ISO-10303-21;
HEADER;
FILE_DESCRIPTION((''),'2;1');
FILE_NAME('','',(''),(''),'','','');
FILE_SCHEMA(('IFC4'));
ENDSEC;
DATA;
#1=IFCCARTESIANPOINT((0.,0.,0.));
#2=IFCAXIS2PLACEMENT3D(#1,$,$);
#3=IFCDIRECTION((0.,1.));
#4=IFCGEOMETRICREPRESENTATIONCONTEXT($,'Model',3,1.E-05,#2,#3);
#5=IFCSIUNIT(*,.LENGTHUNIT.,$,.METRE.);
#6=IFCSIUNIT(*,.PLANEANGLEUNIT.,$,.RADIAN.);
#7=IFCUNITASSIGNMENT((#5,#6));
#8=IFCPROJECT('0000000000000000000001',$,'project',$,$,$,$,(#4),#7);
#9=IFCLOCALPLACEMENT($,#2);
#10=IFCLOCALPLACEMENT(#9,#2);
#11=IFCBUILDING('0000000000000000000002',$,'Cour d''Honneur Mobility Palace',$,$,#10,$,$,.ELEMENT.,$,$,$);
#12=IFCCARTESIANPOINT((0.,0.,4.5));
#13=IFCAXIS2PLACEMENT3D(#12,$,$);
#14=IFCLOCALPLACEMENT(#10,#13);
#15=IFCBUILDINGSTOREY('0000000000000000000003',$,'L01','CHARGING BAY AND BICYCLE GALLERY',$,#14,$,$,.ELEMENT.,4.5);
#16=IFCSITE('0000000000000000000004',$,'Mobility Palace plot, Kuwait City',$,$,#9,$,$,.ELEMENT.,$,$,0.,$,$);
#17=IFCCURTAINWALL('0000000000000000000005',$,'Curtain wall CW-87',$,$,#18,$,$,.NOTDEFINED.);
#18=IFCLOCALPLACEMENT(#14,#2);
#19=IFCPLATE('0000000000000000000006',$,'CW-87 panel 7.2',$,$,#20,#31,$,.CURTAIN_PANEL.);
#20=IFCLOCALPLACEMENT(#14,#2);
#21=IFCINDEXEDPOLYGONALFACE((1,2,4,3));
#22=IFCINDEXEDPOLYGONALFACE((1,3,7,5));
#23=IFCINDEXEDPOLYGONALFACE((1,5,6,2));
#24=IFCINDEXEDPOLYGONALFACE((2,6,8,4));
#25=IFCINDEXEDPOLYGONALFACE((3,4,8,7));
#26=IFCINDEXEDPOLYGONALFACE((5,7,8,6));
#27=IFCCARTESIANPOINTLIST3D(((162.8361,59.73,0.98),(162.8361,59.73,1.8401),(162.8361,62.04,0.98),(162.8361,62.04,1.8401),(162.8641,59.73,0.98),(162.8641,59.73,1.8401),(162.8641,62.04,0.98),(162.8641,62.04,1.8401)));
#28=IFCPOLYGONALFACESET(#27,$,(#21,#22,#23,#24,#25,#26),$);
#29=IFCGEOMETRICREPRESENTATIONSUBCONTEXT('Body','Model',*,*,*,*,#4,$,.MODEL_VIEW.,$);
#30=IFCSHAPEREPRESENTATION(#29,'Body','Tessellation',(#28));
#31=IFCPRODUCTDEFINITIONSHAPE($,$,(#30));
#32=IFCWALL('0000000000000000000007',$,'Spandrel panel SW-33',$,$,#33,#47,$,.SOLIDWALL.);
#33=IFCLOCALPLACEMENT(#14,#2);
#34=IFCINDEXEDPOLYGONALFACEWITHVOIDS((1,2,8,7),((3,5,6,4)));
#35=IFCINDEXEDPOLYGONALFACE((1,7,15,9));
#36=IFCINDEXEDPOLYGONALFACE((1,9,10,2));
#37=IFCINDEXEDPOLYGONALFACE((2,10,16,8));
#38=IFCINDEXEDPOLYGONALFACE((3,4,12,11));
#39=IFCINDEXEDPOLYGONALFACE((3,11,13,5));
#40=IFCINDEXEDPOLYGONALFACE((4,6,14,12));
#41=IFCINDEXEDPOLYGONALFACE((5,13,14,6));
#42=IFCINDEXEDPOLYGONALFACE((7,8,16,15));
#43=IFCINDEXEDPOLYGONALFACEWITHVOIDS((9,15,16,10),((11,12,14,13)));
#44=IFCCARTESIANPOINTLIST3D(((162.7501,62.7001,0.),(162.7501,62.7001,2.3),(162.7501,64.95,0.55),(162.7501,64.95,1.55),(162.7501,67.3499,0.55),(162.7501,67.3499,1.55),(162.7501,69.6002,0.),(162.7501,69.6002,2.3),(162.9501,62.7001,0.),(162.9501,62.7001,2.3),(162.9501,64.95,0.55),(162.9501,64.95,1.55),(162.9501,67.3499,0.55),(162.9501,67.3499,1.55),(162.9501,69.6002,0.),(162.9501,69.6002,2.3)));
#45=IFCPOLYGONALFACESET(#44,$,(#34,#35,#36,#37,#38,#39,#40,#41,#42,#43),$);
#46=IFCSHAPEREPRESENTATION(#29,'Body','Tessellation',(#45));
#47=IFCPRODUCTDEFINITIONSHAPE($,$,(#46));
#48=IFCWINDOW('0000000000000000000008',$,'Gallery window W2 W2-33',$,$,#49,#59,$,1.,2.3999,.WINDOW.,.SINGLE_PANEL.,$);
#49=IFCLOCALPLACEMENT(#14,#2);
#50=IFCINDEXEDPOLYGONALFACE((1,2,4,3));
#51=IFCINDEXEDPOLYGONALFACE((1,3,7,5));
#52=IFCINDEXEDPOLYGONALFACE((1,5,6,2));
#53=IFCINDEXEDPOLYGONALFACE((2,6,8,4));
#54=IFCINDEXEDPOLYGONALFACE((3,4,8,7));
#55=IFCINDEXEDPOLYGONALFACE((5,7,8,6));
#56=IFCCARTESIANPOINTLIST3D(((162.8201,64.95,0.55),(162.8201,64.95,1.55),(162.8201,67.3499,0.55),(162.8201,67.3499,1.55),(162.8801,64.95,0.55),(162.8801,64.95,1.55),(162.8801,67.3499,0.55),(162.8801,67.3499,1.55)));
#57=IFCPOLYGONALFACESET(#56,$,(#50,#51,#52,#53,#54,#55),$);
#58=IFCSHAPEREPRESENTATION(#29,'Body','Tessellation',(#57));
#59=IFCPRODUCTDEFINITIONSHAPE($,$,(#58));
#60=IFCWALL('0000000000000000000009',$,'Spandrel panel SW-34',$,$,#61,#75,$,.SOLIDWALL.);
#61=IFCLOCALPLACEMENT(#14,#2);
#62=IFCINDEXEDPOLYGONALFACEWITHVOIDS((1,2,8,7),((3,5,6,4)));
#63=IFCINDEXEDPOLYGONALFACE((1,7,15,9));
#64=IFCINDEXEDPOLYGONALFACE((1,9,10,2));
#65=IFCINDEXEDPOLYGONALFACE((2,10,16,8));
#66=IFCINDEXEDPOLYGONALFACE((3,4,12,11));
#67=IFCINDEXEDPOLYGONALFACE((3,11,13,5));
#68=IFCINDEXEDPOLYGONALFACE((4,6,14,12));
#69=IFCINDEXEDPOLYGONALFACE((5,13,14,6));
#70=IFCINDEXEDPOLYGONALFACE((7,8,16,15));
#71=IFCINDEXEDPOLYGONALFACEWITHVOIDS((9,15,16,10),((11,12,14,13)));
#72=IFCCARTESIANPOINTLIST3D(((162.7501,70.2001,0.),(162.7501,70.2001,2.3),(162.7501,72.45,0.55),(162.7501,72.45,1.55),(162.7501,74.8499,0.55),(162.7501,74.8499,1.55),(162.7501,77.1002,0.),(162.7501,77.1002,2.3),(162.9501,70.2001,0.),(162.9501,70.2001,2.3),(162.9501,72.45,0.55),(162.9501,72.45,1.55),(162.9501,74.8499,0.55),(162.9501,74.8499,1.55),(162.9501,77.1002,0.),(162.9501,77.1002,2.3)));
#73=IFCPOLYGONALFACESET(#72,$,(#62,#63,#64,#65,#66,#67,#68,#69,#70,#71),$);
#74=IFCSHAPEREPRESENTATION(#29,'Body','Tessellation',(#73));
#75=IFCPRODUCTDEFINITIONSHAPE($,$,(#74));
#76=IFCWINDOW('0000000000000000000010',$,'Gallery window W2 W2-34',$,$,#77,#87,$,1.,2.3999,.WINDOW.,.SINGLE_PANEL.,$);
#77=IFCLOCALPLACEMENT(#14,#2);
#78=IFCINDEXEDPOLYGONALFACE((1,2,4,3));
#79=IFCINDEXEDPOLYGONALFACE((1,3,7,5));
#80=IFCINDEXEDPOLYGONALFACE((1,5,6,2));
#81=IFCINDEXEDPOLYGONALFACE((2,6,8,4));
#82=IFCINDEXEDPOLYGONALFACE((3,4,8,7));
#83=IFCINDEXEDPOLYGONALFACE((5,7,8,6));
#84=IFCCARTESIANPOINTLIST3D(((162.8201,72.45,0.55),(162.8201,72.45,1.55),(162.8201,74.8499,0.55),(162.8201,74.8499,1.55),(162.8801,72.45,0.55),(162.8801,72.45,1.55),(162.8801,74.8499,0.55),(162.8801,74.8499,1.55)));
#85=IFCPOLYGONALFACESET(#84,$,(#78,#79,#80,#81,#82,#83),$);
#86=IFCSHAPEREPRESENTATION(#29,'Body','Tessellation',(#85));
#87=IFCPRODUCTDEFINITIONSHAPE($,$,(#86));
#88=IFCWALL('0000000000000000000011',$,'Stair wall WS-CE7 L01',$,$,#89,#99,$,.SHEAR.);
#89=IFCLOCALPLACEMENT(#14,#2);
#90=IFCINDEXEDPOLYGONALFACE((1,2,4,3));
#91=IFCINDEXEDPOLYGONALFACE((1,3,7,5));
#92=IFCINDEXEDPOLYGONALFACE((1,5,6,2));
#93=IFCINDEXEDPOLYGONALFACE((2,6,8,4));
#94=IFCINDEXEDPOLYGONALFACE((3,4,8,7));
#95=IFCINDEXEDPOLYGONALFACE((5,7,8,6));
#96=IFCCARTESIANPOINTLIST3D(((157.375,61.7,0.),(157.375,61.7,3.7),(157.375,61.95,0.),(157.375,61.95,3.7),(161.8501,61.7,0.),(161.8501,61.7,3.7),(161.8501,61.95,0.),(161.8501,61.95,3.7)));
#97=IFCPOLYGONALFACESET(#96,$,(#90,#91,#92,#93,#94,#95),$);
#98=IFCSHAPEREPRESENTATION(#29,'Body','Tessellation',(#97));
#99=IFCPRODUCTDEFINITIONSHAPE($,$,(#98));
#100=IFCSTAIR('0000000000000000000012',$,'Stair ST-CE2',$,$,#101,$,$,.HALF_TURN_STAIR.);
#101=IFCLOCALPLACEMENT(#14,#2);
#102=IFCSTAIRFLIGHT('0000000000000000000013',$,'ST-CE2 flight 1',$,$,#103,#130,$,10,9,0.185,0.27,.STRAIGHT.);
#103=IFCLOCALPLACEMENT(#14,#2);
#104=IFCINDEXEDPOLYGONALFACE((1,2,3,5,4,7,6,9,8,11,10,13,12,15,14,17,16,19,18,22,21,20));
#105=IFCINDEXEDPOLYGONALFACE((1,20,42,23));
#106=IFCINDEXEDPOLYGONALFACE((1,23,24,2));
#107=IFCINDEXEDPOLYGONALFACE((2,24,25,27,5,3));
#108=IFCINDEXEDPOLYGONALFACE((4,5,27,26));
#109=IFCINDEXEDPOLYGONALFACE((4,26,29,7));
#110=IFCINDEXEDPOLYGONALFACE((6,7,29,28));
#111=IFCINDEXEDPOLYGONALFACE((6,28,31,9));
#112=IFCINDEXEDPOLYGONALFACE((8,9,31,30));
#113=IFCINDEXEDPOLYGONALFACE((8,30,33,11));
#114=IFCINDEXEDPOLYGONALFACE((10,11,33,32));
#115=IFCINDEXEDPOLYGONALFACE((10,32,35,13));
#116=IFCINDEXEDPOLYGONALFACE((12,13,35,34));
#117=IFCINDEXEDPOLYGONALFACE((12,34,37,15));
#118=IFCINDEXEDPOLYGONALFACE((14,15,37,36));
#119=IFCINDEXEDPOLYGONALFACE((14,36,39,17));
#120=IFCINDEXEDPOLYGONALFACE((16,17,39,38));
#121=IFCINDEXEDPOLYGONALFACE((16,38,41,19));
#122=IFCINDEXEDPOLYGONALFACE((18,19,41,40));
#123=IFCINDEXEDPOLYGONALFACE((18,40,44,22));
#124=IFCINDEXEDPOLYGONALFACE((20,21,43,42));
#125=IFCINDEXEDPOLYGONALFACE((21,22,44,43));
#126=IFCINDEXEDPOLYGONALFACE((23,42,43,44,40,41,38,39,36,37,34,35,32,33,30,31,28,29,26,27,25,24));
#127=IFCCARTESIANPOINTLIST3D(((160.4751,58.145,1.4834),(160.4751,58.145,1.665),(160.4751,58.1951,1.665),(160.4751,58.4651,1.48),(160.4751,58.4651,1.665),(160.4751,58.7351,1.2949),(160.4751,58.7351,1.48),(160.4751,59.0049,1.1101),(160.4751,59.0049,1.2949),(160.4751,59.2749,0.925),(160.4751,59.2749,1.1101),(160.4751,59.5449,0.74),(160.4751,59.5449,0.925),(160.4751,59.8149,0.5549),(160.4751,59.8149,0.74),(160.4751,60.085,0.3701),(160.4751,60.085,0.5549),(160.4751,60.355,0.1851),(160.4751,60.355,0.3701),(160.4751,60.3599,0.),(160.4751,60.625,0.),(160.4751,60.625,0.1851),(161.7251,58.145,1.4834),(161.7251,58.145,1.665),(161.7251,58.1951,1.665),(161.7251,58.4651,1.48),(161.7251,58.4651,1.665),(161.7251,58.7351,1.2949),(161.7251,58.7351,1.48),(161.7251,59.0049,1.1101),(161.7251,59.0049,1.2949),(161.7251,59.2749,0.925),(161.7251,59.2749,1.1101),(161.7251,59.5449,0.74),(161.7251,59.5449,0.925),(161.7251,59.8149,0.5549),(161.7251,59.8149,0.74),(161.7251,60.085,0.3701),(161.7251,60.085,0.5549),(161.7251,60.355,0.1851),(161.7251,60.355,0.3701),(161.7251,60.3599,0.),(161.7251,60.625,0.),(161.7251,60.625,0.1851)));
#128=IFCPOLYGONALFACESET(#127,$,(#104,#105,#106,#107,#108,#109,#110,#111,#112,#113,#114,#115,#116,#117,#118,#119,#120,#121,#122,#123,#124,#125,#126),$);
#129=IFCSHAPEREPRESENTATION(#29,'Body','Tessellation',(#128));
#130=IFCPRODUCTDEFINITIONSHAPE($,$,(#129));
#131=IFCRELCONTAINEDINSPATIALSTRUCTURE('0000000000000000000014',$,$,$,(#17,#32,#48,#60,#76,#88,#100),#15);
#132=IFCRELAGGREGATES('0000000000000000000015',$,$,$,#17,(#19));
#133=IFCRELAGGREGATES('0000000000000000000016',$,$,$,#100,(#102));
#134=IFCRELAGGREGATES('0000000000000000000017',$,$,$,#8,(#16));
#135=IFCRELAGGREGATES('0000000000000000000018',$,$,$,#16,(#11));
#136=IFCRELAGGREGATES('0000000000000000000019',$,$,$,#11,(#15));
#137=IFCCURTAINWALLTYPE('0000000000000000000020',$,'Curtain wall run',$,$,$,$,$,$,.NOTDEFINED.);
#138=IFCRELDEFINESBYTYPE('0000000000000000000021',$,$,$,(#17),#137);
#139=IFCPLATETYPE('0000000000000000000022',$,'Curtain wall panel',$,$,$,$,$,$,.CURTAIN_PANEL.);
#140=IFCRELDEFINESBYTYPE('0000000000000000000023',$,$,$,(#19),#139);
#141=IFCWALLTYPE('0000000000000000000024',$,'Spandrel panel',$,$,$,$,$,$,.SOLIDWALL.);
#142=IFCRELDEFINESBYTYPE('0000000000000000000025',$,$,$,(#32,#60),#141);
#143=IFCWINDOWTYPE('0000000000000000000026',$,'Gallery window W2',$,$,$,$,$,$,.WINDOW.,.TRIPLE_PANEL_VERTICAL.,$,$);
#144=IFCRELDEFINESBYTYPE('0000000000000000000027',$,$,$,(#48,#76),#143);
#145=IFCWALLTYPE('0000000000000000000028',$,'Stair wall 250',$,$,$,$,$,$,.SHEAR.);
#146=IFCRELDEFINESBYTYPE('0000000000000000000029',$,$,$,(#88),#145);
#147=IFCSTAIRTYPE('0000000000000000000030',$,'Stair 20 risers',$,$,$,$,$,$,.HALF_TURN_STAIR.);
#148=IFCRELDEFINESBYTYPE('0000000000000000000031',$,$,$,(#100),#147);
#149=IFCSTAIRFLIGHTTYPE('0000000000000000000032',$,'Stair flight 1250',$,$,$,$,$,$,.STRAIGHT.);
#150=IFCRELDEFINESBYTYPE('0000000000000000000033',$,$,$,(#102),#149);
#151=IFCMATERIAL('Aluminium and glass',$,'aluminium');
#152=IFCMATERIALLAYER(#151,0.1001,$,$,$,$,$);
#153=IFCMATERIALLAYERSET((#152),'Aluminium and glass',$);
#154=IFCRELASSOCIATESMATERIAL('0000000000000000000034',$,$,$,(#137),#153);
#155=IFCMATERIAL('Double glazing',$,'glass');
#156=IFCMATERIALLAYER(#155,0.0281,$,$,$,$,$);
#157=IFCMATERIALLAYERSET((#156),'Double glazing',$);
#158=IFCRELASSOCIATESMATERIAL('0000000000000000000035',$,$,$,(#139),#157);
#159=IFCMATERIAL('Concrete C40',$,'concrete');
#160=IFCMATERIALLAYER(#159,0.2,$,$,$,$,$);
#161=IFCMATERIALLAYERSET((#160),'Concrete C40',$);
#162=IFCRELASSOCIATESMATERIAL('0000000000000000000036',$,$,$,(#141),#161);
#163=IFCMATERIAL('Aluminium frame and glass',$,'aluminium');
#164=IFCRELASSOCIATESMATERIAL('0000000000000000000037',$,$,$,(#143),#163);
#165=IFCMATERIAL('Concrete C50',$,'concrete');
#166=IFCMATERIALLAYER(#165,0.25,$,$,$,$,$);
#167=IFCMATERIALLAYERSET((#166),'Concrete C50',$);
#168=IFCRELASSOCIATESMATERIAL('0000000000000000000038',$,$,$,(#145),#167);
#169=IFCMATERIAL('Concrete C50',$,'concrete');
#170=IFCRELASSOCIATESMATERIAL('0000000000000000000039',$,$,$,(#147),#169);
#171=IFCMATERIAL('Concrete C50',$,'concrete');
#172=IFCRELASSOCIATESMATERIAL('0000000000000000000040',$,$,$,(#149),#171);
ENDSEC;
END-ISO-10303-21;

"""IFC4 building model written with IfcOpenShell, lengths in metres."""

from ifc_helpers import new_model, si_unit, direction, frame, frame_2d, origin, origin_2d, place, context, subcontext, project, spatial, polyline, rectangle, outline, extrude, material, layer, layer_set, type_object, element, fill, aggregate, save


model = new_model("IFC4")

# Units and contexts
model_context = context("Model", 3, precision=1e-05, world=origin(), true_north=direction((0.0, 1.0)))
body_context = subcontext(model_context, "Body", "Model", "MODEL_VIEW")
ifc_project = project(units=[si_unit("LENGTHUNIT", "METRE"), si_unit("PLANEANGLEUNIT", "RADIAN")], contexts=[model_context])

# Site, building, storey
site_placement = place(None, origin())
site = spatial("IfcSite", under=ifc_project, at=site_placement, Name="Mobility Palace plot, Kuwait City", CompositionType="ELEMENT", RefElevation=0.0)
building_placement = place(site_placement, origin())
building = spatial("IfcBuilding", under=site, at=building_placement, Name="Cour d'Honneur Mobility Palace", CompositionType="ELEMENT")
storey_placement = place(building_placement, frame((0.0, 0.0, 4.5)))
storey = spatial("IfcBuildingStorey", under=building, at=storey_placement, Name="L01", Description="CHARGING BAY AND BICYCLE GALLERY", CompositionType="ELEMENT", Elevation=4.5)

# Curtain wall
ifc_material_1 = material(Name="Aluminium and glass", Category="aluminium")
ifc_layer_1 = layer(ifc_material_1, 0.1001)
ifc_layer_set_1 = layer_set([ifc_layer_1], Name="Aluminium and glass")
curtain_wall_type = type_object("IfcCurtainWallType", Name="Curtain wall run", PredefinedType="NOTDEFINED", material=ifc_layer_set_1)
curtain_wall_placement = place(storey_placement, origin())
curtain_wall = element("IfcCurtainWall", 1, at=curtain_wall_placement, inside=storey, type_object=curtain_wall_type, Name="Curtain wall CW-87", PredefinedType="NOTDEFINED")

# Plate
ifc_material_2 = material(Name="Double glazing", Category="glass")
ifc_layer_2 = layer(ifc_material_2, 0.0281)
ifc_layer_set_2 = layer_set([ifc_layer_2], Name="Double glazing")
plate_type = type_object("IfcPlateType", Name="Curtain wall panel", PredefinedType="CURTAIN_PANEL", material=ifc_layer_set_2)
plate_1_placement = place(storey_placement, frame((162.8501, 60.885, 0.98), z_axis=(0.0, 0.0, 1.0), x_axis=(0.0, 1.0, 0.0)))
plate_1 = element("IfcPlate", 2, at=plate_1_placement, type_object=plate_type, Name="CW-87 panel 7.2", PredefinedType="CURTAIN_PANEL", context=body_context, shape_type="SweptSolid", body=[
    extrude(rectangle(XDim=2.3101, YDim=0.0281, at=origin_2d()), origin(), (0.0, 0.0, 1.0), 0.8601),
])
aggregate(curtain_wall, [plate_1])

# Walls, openings, windows
ifc_material_3 = material(Name="Concrete C40", Category="concrete")
ifc_layer_3 = layer(ifc_material_3, 0.2)
ifc_layer_set_3 = layer_set([ifc_layer_3], Name="Concrete C40")
wall_type_1 = type_object("IfcWallType", Name="Spandrel panel", PredefinedType="SOLIDWALL", material=ifc_layer_set_3)
wall_1_placement = place(storey_placement, frame((162.8501, 62.7, 0.0), z_axis=(0.0, 0.0, 1.0), x_axis=(0.0, 1.0, 0.0)))
wall_1 = element("IfcWall", 3, at=wall_1_placement, inside=storey, type_object=wall_type_1, Name="Spandrel panel SW-33", PredefinedType="SOLIDWALL", context=body_context, shape_type="SweptSolid", body=[
    extrude(rectangle(XDim=6.9001, YDim=0.2, at=frame_2d((3.4502, 0.0))), origin(), (0.0, 0.0, 1.0), 2.3),
])
opening_1_placement = place(wall_1_placement, frame((2.25, 0.0, 0.55)))
opening_1 = element("IfcOpeningElement", 4, at=opening_1_placement, cuts=wall_1, PredefinedType="OPENING", context=body_context, shape_type="SweptSolid", body=[
    extrude(rectangle(XDim=2.3999, YDim=1.0, at=frame_2d((1.2, 0.5))), frame((0.0, 0.1099, 0.0), z_axis=(0.0, -1.0, 0.0), x_axis=(1.0, 0.0, 0.0)), (0.0, 0.0, 1.0), 0.22),
])
ifc_material_4 = material(Name="Aluminium frame and glass", Category="aluminium")
window_type = type_object("IfcWindowType", Name="Gallery window W2", PartitioningType="TRIPLE_PANEL_VERTICAL", PredefinedType="WINDOW", material=ifc_material_4)
window_1_placement = place(opening_1_placement, origin())
window_1 = element("IfcWindow", 5, at=window_1_placement, inside=storey, type_object=window_type, Name="Gallery window W2 W2-33", OverallHeight=1.0, OverallWidth=2.3999, PartitioningType="SINGLE_PANEL", PredefinedType="WINDOW", context=body_context, shape_type="SweptSolid", body=[
    extrude(rectangle(XDim=2.3999, YDim=1.0, at=frame_2d((1.2, 0.5))), frame((0.0, 0.03, 0.0), z_axis=(0.0, -1.0, 0.0), x_axis=(1.0, 0.0, 0.0)), (0.0, 0.0, 1.0), 0.0601),
])
fill(opening_1, window_1)
wall_2_placement = place(storey_placement, frame((162.8501, 70.2, 0.0), z_axis=(0.0, 0.0, 1.0), x_axis=(0.0, 1.0, 0.0)))
wall_2 = element("IfcWall", 6, at=wall_2_placement, inside=storey, type_object=wall_type_1, Name="Spandrel panel SW-34", PredefinedType="SOLIDWALL", context=body_context, shape_type="SweptSolid", body=[
    extrude(rectangle(XDim=6.9001, YDim=0.2, at=frame_2d((3.4502, 0.0))), origin(), (0.0, 0.0, 1.0), 2.3),
])
opening_2_placement = place(wall_2_placement, frame((2.25, 0.0, 0.55)))
opening_2 = element("IfcOpeningElement", 7, at=opening_2_placement, cuts=wall_2, PredefinedType="OPENING", context=body_context, shape_type="SweptSolid", body=[
    extrude(rectangle(XDim=2.3999, YDim=1.0, at=frame_2d((1.2, 0.5))), frame((0.0, 0.1099, 0.0), z_axis=(0.0, -1.0, 0.0), x_axis=(1.0, 0.0, 0.0)), (0.0, 0.0, 1.0), 0.22),
])
window_2_placement = place(opening_2_placement, origin())
window_2 = element("IfcWindow", 8, at=window_2_placement, inside=storey, type_object=window_type, Name="Gallery window W2 W2-34", OverallHeight=1.0, OverallWidth=2.3999, PartitioningType="SINGLE_PANEL", PredefinedType="WINDOW", context=body_context, shape_type="SweptSolid", body=[
    extrude(rectangle(XDim=2.3999, YDim=1.0, at=frame_2d((1.2, 0.5))), frame((0.0, 0.03, 0.0), z_axis=(0.0, -1.0, 0.0), x_axis=(1.0, 0.0, 0.0)), (0.0, 0.0, 1.0), 0.0601),
])
fill(opening_2, window_2)

# Wall
ifc_material_5 = material(Name="Concrete C50", Category="concrete")
ifc_layer_4 = layer(ifc_material_5, 0.25)
ifc_layer_set_4 = layer_set([ifc_layer_4], Name="Concrete C50")
wall_type_2 = type_object("IfcWallType", Name="Stair wall 250", PredefinedType="SHEAR", material=ifc_layer_set_4)
wall_3_placement = place(storey_placement, frame((157.375, 61.825, 0.0), z_axis=(0.0, 0.0, 1.0), x_axis=(1.0, 0.0, 0.0)))
element("IfcWall", 9, at=wall_3_placement, inside=storey, type_object=wall_type_2, Name="Stair wall WS-CE7 L01", PredefinedType="SHEAR", context=body_context, shape_type="SweptSolid", body=[
    extrude(rectangle(XDim=4.4751, YDim=0.25, at=frame_2d((2.2375, 0.0))), origin(), (0.0, 0.0, 1.0), 3.7),
])

# Stair, stair flight
ifc_material_6 = material(Name="Concrete C50", Category="concrete")
stair_type = type_object("IfcStairType", Name="Stair 20 risers", PredefinedType="HALF_TURN_STAIR", material=ifc_material_6)
stair_placement = place(storey_placement, origin())
stair = element("IfcStair", 10, at=stair_placement, inside=storey, type_object=stair_type, Name="Stair ST-CE2", PredefinedType="HALF_TURN_STAIR")
ifc_material_7 = material(Name="Concrete C50", Category="concrete")
stair_flight_type = type_object("IfcStairFlightType", Name="Stair flight 1250", PredefinedType="STRAIGHT", material=ifc_material_7)
stair_flight_placement = place(storey_placement, frame((161.1001, 60.625, 0.0), z_axis=(0.0, 0.0, 1.0), x_axis=(0.0, -1.0, 0.0)))
stair_flight = element("IfcStairFlight", 11, at=stair_flight_placement, type_object=stair_flight_type, Name="ST-CE2 flight 1", NumberOfRisers=10, NumberOfTreads=9, PredefinedType="STRAIGHT", RiserHeight=0.185, TreadLength=0.27, context=body_context, shape_type="SweptSolid", body=[
    extrude(outline(polyline([(0.0, 0.0), (0.0, 0.1851), (0.27, 0.1851), (0.27, 0.3701), (0.54, 0.3701), (0.54, 0.5549), (0.8101, 0.5549), (0.8101, 0.74), (1.0801, 0.74), (1.0801, 0.925), (1.3501, 0.925), (1.3501, 1.1101), (1.6201, 1.1101), (1.6201, 1.2949), (1.8899, 1.2949), (1.8899, 1.48), (2.1599, 1.48), (2.1599, 1.665), (2.4299, 1.665), (2.48, 1.665), (2.48, 1.4834), (0.2651, 0.0), (0.0, 0.0)])), frame((0.0, 0.625, 0.0), z_axis=(0.0, -1.0, 0.0), x_axis=(1.0, 0.0, 0.0)), (0.0, 0.0, 1.0), 1.25),
])
aggregate(stair, [stair_flight])

save(model, "model.ifc")
